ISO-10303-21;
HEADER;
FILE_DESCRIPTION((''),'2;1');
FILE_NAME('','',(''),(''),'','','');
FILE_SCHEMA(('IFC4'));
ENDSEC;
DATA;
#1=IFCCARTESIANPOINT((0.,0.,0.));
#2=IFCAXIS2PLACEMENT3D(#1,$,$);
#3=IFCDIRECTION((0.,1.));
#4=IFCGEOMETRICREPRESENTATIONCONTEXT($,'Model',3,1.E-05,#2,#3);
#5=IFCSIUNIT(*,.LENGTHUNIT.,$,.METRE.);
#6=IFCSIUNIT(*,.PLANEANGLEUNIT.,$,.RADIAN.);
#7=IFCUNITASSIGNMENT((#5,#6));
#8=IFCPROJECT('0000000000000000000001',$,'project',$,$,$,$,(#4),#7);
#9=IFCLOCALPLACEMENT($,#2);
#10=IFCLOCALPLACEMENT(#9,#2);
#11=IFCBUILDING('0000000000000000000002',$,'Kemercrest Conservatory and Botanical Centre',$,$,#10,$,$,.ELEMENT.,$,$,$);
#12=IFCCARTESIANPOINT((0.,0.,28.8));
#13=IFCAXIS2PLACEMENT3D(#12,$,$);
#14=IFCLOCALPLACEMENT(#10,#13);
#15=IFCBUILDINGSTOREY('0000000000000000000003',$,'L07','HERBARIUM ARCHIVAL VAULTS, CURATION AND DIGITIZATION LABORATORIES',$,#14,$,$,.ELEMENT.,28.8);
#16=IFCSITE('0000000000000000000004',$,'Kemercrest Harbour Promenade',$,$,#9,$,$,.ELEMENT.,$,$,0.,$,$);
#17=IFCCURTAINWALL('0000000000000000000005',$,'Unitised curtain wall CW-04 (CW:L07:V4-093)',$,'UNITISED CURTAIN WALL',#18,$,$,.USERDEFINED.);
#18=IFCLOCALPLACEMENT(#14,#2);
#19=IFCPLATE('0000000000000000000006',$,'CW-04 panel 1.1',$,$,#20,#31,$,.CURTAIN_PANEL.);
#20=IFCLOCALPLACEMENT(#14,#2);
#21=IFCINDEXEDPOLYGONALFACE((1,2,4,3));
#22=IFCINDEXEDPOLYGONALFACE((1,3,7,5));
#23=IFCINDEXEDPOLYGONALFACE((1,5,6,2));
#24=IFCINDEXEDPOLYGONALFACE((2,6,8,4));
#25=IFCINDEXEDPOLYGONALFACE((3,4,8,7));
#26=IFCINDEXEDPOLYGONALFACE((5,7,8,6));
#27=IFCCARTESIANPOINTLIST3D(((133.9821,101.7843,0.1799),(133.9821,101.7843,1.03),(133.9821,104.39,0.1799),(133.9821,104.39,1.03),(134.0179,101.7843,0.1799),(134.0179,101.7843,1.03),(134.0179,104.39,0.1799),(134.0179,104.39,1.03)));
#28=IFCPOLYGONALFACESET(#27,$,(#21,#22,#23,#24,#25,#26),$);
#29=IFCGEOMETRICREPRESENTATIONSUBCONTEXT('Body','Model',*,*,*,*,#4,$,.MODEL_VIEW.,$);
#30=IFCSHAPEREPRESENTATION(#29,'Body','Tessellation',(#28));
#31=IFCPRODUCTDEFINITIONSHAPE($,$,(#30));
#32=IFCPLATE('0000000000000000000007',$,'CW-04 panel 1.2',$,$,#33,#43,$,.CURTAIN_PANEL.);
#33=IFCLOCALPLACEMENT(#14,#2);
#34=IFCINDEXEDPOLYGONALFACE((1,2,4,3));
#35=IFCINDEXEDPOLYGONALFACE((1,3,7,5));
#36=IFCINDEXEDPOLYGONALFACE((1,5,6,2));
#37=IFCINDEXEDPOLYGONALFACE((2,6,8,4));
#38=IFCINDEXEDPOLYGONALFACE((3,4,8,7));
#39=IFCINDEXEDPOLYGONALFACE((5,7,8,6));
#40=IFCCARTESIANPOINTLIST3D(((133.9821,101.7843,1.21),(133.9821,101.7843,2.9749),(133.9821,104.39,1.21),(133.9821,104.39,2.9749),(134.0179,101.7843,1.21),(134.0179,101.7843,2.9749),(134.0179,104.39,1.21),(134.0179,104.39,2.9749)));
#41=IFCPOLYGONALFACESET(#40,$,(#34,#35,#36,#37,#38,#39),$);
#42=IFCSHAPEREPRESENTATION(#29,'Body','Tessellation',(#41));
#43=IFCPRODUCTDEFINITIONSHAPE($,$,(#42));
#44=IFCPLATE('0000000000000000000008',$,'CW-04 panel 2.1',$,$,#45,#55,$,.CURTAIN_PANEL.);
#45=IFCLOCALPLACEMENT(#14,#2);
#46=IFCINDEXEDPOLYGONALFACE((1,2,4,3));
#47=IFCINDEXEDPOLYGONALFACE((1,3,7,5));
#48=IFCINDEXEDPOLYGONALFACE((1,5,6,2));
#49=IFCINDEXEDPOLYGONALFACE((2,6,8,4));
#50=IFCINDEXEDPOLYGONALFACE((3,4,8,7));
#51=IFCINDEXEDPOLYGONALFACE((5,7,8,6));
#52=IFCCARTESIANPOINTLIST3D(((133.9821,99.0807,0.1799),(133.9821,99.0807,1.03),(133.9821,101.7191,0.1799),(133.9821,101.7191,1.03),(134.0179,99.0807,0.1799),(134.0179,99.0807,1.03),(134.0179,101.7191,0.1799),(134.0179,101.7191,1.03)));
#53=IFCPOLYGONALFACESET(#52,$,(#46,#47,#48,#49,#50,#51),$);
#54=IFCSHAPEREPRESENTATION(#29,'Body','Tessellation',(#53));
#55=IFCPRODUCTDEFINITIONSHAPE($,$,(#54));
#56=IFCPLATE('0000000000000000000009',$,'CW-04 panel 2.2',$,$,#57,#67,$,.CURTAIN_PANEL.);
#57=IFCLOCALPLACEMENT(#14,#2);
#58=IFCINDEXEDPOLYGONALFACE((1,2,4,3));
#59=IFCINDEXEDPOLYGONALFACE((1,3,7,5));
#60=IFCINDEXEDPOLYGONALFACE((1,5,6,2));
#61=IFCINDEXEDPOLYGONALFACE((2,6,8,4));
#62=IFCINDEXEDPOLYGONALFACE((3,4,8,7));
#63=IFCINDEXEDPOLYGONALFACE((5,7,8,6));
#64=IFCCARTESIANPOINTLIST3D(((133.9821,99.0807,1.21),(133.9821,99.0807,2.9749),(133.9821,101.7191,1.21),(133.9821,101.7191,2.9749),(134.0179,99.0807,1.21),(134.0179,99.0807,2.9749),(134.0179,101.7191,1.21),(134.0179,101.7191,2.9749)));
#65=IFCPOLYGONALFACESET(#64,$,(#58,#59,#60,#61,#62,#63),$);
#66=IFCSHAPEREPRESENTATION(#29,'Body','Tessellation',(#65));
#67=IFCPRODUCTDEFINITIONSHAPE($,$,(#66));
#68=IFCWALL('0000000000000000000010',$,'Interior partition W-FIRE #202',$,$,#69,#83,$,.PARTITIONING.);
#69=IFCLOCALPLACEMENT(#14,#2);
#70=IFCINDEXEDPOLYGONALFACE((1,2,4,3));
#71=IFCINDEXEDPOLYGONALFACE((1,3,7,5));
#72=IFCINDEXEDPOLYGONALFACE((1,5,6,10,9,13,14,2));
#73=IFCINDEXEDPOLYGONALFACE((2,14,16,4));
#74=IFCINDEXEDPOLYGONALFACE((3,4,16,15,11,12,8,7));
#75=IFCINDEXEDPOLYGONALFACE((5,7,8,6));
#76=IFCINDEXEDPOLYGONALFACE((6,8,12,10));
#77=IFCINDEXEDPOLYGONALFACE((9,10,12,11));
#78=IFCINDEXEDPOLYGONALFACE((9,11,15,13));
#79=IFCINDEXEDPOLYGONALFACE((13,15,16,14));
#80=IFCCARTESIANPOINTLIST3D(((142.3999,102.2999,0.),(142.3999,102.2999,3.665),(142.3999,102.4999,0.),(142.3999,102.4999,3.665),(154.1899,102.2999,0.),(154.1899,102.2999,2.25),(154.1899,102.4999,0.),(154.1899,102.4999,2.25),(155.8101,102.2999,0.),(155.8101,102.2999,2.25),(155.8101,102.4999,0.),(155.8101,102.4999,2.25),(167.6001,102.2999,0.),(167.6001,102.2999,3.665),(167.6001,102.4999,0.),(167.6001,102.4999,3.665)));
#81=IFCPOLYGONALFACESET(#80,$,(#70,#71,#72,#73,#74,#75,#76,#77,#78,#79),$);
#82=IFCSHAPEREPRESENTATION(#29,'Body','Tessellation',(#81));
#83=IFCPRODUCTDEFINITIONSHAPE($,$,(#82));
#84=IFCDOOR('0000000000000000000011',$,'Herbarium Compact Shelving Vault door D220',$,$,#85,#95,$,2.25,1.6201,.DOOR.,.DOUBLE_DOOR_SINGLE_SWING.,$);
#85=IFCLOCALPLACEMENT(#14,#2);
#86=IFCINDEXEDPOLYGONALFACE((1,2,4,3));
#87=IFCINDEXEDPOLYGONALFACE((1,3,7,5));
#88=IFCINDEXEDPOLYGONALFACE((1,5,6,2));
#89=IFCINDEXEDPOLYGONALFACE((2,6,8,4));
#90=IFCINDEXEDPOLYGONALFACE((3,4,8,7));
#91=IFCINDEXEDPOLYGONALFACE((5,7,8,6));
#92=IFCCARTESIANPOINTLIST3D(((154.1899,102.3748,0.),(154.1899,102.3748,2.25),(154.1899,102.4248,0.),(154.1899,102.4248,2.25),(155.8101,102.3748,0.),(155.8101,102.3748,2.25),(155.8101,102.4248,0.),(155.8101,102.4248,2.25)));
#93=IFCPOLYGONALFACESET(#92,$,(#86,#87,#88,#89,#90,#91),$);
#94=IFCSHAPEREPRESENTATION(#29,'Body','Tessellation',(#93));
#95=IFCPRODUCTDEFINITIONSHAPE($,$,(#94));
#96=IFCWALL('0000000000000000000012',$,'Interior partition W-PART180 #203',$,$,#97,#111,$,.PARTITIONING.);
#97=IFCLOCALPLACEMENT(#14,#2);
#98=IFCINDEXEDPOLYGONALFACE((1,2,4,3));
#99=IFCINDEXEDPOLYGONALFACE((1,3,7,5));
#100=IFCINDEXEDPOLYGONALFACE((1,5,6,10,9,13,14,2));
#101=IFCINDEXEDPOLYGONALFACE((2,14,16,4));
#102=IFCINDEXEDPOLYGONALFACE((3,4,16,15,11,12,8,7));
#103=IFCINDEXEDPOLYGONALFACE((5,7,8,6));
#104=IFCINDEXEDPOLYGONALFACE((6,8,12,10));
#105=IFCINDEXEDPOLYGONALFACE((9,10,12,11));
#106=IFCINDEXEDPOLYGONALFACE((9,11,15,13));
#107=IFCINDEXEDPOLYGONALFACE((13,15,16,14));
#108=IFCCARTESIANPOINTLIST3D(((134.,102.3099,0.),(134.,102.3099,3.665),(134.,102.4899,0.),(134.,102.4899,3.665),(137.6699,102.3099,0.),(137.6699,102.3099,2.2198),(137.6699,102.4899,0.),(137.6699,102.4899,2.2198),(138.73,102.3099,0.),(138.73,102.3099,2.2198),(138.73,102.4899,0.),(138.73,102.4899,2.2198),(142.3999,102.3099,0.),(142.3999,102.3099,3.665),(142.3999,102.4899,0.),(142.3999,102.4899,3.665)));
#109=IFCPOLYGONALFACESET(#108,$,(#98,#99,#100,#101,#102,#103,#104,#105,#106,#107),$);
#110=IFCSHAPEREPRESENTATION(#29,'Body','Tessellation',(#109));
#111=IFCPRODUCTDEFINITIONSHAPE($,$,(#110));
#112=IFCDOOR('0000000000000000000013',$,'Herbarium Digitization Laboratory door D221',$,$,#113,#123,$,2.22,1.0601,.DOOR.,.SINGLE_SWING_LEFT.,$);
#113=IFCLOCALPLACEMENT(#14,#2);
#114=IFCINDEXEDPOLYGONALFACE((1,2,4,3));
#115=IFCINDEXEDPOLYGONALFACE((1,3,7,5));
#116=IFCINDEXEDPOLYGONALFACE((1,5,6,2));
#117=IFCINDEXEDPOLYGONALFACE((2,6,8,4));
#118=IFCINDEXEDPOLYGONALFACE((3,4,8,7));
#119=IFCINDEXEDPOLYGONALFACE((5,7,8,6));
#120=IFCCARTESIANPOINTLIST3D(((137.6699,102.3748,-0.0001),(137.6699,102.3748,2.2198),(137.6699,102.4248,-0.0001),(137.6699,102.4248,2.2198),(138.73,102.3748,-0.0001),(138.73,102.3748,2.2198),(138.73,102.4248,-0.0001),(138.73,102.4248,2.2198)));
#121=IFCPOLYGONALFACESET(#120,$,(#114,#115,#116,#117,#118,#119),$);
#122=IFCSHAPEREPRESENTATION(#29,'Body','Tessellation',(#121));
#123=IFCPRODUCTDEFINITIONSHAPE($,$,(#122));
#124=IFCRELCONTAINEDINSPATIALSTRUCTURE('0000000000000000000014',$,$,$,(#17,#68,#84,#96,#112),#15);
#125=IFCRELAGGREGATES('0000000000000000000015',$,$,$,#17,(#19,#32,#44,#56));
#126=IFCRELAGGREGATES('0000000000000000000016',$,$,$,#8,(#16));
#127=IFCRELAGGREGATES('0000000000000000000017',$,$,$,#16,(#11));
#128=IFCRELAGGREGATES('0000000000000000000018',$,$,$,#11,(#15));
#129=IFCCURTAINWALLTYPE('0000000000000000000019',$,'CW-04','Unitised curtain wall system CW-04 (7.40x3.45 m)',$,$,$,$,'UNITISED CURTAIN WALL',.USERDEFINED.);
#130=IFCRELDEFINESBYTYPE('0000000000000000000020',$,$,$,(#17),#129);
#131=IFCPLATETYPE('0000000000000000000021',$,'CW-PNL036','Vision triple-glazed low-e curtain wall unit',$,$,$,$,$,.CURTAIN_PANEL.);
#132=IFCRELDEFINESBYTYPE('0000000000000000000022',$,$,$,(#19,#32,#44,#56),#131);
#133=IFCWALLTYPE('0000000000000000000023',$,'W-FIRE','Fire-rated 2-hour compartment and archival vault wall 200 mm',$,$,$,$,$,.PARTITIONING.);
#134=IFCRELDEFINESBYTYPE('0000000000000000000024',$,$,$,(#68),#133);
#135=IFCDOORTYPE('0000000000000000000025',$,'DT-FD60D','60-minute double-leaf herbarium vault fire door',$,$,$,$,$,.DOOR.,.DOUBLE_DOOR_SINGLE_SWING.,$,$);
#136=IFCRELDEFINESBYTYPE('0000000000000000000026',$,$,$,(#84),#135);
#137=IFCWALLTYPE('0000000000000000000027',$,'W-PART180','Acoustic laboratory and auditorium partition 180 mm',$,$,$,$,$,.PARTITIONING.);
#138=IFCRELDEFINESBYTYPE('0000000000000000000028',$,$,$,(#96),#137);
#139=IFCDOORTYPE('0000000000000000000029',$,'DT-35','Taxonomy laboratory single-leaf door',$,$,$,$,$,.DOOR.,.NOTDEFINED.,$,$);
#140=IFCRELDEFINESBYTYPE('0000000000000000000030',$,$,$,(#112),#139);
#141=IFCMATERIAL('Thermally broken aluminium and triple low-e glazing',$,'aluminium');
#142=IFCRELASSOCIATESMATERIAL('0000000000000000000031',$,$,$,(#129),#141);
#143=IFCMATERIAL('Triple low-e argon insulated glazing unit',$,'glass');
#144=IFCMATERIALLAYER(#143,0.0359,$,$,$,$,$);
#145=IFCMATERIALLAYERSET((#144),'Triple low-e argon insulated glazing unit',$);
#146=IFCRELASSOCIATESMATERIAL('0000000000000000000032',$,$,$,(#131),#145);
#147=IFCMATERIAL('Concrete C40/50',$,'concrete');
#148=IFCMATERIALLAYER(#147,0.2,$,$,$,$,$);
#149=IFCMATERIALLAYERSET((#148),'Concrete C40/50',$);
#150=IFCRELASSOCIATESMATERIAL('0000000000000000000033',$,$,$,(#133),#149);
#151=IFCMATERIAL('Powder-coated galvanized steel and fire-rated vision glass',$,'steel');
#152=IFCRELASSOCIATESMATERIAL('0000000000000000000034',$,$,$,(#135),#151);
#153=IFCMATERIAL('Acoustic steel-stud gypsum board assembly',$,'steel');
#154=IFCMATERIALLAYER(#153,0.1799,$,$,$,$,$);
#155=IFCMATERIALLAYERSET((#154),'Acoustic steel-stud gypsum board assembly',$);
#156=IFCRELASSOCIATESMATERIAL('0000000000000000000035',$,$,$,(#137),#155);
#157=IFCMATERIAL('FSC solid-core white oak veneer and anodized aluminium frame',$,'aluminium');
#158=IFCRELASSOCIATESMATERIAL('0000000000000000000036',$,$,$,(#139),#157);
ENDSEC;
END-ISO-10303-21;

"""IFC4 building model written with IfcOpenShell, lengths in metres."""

from ifc_helpers import new_model, si_unit, direction, frame, frame_2d, origin, origin_2d, place, context, subcontext, project, spatial, rectangle, extrude, material, layer, layer_set, type_object, element, fill, aggregate, save


model = new_model("IFC4")

# Units and contexts
model_context = context("Model", 3, precision=1e-05, world=origin(), true_north=direction((0.0, 1.0)))
body_context = subcontext(model_context, "Body", "Model", "MODEL_VIEW")
ifc_project = project(units=[si_unit("LENGTHUNIT", "METRE"), si_unit("PLANEANGLEUNIT", "RADIAN")], contexts=[model_context])

# Site, building, storey
site_placement = place(None, origin())
site = spatial("IfcSite", under=ifc_project, at=site_placement, Name="Kemercrest Harbour Promenade", CompositionType="ELEMENT", RefElevation=0.0)
building_placement = place(site_placement, origin())
building = spatial("IfcBuilding", under=site, at=building_placement, Name="Kemercrest Conservatory and Botanical Centre", CompositionType="ELEMENT")
storey_placement = place(building_placement, frame((0.0, 0.0, 28.8)))
storey = spatial("IfcBuildingStorey", under=building, at=storey_placement, Name="L07", Description="HERBARIUM ARCHIVAL VAULTS, CURATION AND DIGITIZATION LABORATORIES", CompositionType="ELEMENT", Elevation=28.8)

# Curtain wall
ifc_material_1 = material(Name="Thermally broken aluminium and triple low-e glazing", Category="aluminium")
curtain_wall_type = type_object("IfcCurtainWallType", Name="CW-04", Description="Unitised curtain wall system CW-04 (7.40x3.45 m)", ElementType="UNITISED CURTAIN WALL", PredefinedType="USERDEFINED", material=ifc_material_1)
curtain_wall_placement = place(storey_placement, origin())
curtain_wall = element("IfcCurtainWall", 1, at=curtain_wall_placement, inside=storey, type_object=curtain_wall_type, Name="Unitised curtain wall CW-04 (CW:L07:V4-093)", ObjectType="UNITISED CURTAIN WALL", PredefinedType="USERDEFINED")

# Shared definitions
ifc_material_2 = material(Name="Concrete C40/50", Category="concrete")

# Plates
ifc_material_3 = material(Name="Triple low-e argon insulated glazing unit", Category="glass")
ifc_layer_1 = layer(ifc_material_3, 0.0359)
ifc_layer_set_1 = layer_set([ifc_layer_1], Name="Triple low-e argon insulated glazing unit")
plate_type = type_object("IfcPlateType", Name="CW-PNL036", Description="Vision triple-glazed low-e curtain wall unit", PredefinedType="CURTAIN_PANEL", material=ifc_layer_set_1)
plate_1_placement = place(storey_placement, frame((134.0, 103.0872, 0.1799), z_axis=(0.0, 0.0, 1.0), x_axis=(0.0, -1.0, 0.0)))
plate_1 = element("IfcPlate", 2, at=plate_1_placement, type_object=plate_type, Name="CW-04 panel 1.1", PredefinedType="CURTAIN_PANEL", context=body_context, shape_type="SweptSolid", body=[
    extrude(rectangle(XDim=2.6057, YDim=0.0359, at=origin_2d()), origin(), (0.0, 0.0, 1.0), 0.8501),
])
plate_2_placement = place(storey_placement, frame((134.0, 103.0872, 1.21), z_axis=(0.0, 0.0, 1.0), x_axis=(0.0, -1.0, 0.0)))
plate_2 = element("IfcPlate", 3, at=plate_2_placement, type_object=plate_type, Name="CW-04 panel 1.2", PredefinedType="CURTAIN_PANEL", context=body_context, shape_type="SweptSolid", body=[
    extrude(rectangle(XDim=2.6057, YDim=0.0359, at=origin_2d()), origin(), (0.0, 0.0, 1.0), 1.7649),
])
plate_3_placement = place(storey_placement, frame((134.0, 100.3999, 0.1799), z_axis=(0.0, 0.0, 1.0), x_axis=(0.0, -1.0, 0.0)))
plate_3 = element("IfcPlate", 4, at=plate_3_placement, type_object=plate_type, Name="CW-04 panel 2.1", PredefinedType="CURTAIN_PANEL", context=body_context, shape_type="SweptSolid", body=[
    extrude(rectangle(XDim=2.6384, YDim=0.0359, at=origin_2d()), origin(), (0.0, 0.0, 1.0), 0.8501),
])
plate_4_placement = place(storey_placement, frame((134.0, 100.3999, 1.21), z_axis=(0.0, 0.0, 1.0), x_axis=(0.0, -1.0, 0.0)))
plate_4 = element("IfcPlate", 5, at=plate_4_placement, type_object=plate_type, Name="CW-04 panel 2.2", PredefinedType="CURTAIN_PANEL", context=body_context, shape_type="SweptSolid", body=[
    extrude(rectangle(XDim=2.6384, YDim=0.0359, at=origin_2d()), origin(), (0.0, 0.0, 1.0), 1.7649),
])
aggregate(curtain_wall, [plate_1, plate_2, plate_3, plate_4])

# Walls, openings, doors
ifc_layer_2 = layer(ifc_material_2, 0.2)
ifc_layer_set_2 = layer_set([ifc_layer_2], Name="Concrete C40/50")
wall_type_1 = type_object("IfcWallType", Name="W-FIRE", Description="Fire-rated 2-hour compartment and archival vault wall 200 mm", PredefinedType="PARTITIONING", material=ifc_layer_set_2)
wall_1_placement = place(storey_placement, frame((142.3999, 102.3999, 0.0), z_axis=(0.0, 0.0, 1.0), x_axis=(1.0, 0.0, 0.0)))
wall_1 = element("IfcWall", 6, at=wall_1_placement, inside=storey, type_object=wall_type_1, Name="Interior partition W-FIRE #202", PredefinedType="PARTITIONING", context=body_context, shape_type="SweptSolid", body=[
    extrude(rectangle(XDim=25.2002, YDim=0.2, at=frame_2d((12.6001, 0.0))), origin(), (0.0, 0.0, 1.0), 3.665),
])
opening_1_placement = place(wall_1_placement, frame((11.79, 0.0, 0.0)))
opening_1 = element("IfcOpeningElement", 7, at=opening_1_placement, cuts=wall_1, PredefinedType="OPENING", context=body_context, shape_type="SweptSolid", body=[
    extrude(rectangle(XDim=1.6201, YDim=2.25, at=frame_2d((0.8101, 1.125))), frame((0.0, 0.1099, 0.0), z_axis=(0.0, -1.0, 0.0), x_axis=(1.0, 0.0, 0.0)), (0.0, 0.0, 1.0), 0.22),
])
ifc_material_4 = material(Name="Powder-coated galvanized steel and fire-rated vision glass", Category="steel")
door_type_1 = type_object("IfcDoorType", Name="DT-FD60D", Description="60-minute double-leaf herbarium vault fire door", OperationType="DOUBLE_DOOR_SINGLE_SWING", PredefinedType="DOOR", material=ifc_material_4)
door_1_placement = place(opening_1_placement, origin())
door_1 = element("IfcDoor", 8, at=door_1_placement, inside=storey, type_object=door_type_1, Name="Herbarium Compact Shelving Vault door D220", OperationType="DOUBLE_DOOR_SINGLE_SWING", OverallHeight=2.25, OverallWidth=1.6201, PredefinedType="DOOR", context=body_context, shape_type="SweptSolid", body=[
    extrude(rectangle(XDim=1.6201, YDim=2.25, at=frame_2d((0.8101, 1.125))), frame((0.0, 0.0249, 0.0), z_axis=(0.0, -1.0, 0.0), x_axis=(1.0, 0.0, 0.0)), (0.0, 0.0, 1.0), 0.05),
])
fill(opening_1, door_1)
ifc_material_5 = material(Name="Acoustic steel-stud gypsum board assembly", Category="steel")
ifc_layer_3 = layer(ifc_material_5, 0.1799)
ifc_layer_set_3 = layer_set([ifc_layer_3], Name="Acoustic steel-stud gypsum board assembly")
wall_type_2 = type_object("IfcWallType", Name="W-PART180", Description="Acoustic laboratory and auditorium partition 180 mm", PredefinedType="PARTITIONING", material=ifc_layer_set_3)
wall_2_placement = place(storey_placement, frame((134.0, 102.3999, 0.0), z_axis=(0.0, 0.0, 1.0), x_axis=(1.0, 0.0, 0.0)))
wall_2 = element("IfcWall", 9, at=wall_2_placement, inside=storey, type_object=wall_type_2, Name="Interior partition W-PART180 #203", PredefinedType="PARTITIONING", context=body_context, shape_type="SweptSolid", body=[
    extrude(rectangle(XDim=8.3999, YDim=0.1799, at=frame_2d((4.2, 0.0))), origin(), (0.0, 0.0, 1.0), 3.665),
])
opening_2_placement = place(wall_2_placement, frame((3.6699, 0.0, 0.0)))
opening_2 = element("IfcOpeningElement", 10, at=opening_2_placement, cuts=wall_2, PredefinedType="OPENING", context=body_context, shape_type="SweptSolid", body=[
    extrude(rectangle(XDim=1.0601, YDim=2.22, at=frame_2d((0.53, 1.1099))), frame((0.0, 0.1001, 0.0), z_axis=(0.0, -1.0, 0.0), x_axis=(1.0, 0.0, 0.0)), (0.0, 0.0, 1.0), 0.2),
])
ifc_material_6 = material(Name="FSC solid-core white oak veneer and anodized aluminium frame", Category="aluminium")
door_type_2 = type_object("IfcDoorType", Name="DT-35", Description="Taxonomy laboratory single-leaf door", OperationType="NOTDEFINED", PredefinedType="DOOR", material=ifc_material_6)
door_2_placement = place(opening_2_placement, origin())
door_2 = element("IfcDoor", 11, at=door_2_placement, inside=storey, type_object=door_type_2, Name="Herbarium Digitization Laboratory door D221", OperationType="SINGLE_SWING_LEFT", OverallHeight=2.22, OverallWidth=1.0601, PredefinedType="DOOR", context=body_context, shape_type="SweptSolid", body=[
    extrude(rectangle(XDim=1.0601, YDim=2.22, at=frame_2d((0.53, 1.1099))), frame((0.0, 0.0249, 0.0), z_axis=(0.0, -1.0, 0.0), x_axis=(1.0, 0.0, 0.0)), (0.0, 0.0, 1.0), 0.05),
])
fill(opening_2, door_2)

save(model, "model.ifc")
